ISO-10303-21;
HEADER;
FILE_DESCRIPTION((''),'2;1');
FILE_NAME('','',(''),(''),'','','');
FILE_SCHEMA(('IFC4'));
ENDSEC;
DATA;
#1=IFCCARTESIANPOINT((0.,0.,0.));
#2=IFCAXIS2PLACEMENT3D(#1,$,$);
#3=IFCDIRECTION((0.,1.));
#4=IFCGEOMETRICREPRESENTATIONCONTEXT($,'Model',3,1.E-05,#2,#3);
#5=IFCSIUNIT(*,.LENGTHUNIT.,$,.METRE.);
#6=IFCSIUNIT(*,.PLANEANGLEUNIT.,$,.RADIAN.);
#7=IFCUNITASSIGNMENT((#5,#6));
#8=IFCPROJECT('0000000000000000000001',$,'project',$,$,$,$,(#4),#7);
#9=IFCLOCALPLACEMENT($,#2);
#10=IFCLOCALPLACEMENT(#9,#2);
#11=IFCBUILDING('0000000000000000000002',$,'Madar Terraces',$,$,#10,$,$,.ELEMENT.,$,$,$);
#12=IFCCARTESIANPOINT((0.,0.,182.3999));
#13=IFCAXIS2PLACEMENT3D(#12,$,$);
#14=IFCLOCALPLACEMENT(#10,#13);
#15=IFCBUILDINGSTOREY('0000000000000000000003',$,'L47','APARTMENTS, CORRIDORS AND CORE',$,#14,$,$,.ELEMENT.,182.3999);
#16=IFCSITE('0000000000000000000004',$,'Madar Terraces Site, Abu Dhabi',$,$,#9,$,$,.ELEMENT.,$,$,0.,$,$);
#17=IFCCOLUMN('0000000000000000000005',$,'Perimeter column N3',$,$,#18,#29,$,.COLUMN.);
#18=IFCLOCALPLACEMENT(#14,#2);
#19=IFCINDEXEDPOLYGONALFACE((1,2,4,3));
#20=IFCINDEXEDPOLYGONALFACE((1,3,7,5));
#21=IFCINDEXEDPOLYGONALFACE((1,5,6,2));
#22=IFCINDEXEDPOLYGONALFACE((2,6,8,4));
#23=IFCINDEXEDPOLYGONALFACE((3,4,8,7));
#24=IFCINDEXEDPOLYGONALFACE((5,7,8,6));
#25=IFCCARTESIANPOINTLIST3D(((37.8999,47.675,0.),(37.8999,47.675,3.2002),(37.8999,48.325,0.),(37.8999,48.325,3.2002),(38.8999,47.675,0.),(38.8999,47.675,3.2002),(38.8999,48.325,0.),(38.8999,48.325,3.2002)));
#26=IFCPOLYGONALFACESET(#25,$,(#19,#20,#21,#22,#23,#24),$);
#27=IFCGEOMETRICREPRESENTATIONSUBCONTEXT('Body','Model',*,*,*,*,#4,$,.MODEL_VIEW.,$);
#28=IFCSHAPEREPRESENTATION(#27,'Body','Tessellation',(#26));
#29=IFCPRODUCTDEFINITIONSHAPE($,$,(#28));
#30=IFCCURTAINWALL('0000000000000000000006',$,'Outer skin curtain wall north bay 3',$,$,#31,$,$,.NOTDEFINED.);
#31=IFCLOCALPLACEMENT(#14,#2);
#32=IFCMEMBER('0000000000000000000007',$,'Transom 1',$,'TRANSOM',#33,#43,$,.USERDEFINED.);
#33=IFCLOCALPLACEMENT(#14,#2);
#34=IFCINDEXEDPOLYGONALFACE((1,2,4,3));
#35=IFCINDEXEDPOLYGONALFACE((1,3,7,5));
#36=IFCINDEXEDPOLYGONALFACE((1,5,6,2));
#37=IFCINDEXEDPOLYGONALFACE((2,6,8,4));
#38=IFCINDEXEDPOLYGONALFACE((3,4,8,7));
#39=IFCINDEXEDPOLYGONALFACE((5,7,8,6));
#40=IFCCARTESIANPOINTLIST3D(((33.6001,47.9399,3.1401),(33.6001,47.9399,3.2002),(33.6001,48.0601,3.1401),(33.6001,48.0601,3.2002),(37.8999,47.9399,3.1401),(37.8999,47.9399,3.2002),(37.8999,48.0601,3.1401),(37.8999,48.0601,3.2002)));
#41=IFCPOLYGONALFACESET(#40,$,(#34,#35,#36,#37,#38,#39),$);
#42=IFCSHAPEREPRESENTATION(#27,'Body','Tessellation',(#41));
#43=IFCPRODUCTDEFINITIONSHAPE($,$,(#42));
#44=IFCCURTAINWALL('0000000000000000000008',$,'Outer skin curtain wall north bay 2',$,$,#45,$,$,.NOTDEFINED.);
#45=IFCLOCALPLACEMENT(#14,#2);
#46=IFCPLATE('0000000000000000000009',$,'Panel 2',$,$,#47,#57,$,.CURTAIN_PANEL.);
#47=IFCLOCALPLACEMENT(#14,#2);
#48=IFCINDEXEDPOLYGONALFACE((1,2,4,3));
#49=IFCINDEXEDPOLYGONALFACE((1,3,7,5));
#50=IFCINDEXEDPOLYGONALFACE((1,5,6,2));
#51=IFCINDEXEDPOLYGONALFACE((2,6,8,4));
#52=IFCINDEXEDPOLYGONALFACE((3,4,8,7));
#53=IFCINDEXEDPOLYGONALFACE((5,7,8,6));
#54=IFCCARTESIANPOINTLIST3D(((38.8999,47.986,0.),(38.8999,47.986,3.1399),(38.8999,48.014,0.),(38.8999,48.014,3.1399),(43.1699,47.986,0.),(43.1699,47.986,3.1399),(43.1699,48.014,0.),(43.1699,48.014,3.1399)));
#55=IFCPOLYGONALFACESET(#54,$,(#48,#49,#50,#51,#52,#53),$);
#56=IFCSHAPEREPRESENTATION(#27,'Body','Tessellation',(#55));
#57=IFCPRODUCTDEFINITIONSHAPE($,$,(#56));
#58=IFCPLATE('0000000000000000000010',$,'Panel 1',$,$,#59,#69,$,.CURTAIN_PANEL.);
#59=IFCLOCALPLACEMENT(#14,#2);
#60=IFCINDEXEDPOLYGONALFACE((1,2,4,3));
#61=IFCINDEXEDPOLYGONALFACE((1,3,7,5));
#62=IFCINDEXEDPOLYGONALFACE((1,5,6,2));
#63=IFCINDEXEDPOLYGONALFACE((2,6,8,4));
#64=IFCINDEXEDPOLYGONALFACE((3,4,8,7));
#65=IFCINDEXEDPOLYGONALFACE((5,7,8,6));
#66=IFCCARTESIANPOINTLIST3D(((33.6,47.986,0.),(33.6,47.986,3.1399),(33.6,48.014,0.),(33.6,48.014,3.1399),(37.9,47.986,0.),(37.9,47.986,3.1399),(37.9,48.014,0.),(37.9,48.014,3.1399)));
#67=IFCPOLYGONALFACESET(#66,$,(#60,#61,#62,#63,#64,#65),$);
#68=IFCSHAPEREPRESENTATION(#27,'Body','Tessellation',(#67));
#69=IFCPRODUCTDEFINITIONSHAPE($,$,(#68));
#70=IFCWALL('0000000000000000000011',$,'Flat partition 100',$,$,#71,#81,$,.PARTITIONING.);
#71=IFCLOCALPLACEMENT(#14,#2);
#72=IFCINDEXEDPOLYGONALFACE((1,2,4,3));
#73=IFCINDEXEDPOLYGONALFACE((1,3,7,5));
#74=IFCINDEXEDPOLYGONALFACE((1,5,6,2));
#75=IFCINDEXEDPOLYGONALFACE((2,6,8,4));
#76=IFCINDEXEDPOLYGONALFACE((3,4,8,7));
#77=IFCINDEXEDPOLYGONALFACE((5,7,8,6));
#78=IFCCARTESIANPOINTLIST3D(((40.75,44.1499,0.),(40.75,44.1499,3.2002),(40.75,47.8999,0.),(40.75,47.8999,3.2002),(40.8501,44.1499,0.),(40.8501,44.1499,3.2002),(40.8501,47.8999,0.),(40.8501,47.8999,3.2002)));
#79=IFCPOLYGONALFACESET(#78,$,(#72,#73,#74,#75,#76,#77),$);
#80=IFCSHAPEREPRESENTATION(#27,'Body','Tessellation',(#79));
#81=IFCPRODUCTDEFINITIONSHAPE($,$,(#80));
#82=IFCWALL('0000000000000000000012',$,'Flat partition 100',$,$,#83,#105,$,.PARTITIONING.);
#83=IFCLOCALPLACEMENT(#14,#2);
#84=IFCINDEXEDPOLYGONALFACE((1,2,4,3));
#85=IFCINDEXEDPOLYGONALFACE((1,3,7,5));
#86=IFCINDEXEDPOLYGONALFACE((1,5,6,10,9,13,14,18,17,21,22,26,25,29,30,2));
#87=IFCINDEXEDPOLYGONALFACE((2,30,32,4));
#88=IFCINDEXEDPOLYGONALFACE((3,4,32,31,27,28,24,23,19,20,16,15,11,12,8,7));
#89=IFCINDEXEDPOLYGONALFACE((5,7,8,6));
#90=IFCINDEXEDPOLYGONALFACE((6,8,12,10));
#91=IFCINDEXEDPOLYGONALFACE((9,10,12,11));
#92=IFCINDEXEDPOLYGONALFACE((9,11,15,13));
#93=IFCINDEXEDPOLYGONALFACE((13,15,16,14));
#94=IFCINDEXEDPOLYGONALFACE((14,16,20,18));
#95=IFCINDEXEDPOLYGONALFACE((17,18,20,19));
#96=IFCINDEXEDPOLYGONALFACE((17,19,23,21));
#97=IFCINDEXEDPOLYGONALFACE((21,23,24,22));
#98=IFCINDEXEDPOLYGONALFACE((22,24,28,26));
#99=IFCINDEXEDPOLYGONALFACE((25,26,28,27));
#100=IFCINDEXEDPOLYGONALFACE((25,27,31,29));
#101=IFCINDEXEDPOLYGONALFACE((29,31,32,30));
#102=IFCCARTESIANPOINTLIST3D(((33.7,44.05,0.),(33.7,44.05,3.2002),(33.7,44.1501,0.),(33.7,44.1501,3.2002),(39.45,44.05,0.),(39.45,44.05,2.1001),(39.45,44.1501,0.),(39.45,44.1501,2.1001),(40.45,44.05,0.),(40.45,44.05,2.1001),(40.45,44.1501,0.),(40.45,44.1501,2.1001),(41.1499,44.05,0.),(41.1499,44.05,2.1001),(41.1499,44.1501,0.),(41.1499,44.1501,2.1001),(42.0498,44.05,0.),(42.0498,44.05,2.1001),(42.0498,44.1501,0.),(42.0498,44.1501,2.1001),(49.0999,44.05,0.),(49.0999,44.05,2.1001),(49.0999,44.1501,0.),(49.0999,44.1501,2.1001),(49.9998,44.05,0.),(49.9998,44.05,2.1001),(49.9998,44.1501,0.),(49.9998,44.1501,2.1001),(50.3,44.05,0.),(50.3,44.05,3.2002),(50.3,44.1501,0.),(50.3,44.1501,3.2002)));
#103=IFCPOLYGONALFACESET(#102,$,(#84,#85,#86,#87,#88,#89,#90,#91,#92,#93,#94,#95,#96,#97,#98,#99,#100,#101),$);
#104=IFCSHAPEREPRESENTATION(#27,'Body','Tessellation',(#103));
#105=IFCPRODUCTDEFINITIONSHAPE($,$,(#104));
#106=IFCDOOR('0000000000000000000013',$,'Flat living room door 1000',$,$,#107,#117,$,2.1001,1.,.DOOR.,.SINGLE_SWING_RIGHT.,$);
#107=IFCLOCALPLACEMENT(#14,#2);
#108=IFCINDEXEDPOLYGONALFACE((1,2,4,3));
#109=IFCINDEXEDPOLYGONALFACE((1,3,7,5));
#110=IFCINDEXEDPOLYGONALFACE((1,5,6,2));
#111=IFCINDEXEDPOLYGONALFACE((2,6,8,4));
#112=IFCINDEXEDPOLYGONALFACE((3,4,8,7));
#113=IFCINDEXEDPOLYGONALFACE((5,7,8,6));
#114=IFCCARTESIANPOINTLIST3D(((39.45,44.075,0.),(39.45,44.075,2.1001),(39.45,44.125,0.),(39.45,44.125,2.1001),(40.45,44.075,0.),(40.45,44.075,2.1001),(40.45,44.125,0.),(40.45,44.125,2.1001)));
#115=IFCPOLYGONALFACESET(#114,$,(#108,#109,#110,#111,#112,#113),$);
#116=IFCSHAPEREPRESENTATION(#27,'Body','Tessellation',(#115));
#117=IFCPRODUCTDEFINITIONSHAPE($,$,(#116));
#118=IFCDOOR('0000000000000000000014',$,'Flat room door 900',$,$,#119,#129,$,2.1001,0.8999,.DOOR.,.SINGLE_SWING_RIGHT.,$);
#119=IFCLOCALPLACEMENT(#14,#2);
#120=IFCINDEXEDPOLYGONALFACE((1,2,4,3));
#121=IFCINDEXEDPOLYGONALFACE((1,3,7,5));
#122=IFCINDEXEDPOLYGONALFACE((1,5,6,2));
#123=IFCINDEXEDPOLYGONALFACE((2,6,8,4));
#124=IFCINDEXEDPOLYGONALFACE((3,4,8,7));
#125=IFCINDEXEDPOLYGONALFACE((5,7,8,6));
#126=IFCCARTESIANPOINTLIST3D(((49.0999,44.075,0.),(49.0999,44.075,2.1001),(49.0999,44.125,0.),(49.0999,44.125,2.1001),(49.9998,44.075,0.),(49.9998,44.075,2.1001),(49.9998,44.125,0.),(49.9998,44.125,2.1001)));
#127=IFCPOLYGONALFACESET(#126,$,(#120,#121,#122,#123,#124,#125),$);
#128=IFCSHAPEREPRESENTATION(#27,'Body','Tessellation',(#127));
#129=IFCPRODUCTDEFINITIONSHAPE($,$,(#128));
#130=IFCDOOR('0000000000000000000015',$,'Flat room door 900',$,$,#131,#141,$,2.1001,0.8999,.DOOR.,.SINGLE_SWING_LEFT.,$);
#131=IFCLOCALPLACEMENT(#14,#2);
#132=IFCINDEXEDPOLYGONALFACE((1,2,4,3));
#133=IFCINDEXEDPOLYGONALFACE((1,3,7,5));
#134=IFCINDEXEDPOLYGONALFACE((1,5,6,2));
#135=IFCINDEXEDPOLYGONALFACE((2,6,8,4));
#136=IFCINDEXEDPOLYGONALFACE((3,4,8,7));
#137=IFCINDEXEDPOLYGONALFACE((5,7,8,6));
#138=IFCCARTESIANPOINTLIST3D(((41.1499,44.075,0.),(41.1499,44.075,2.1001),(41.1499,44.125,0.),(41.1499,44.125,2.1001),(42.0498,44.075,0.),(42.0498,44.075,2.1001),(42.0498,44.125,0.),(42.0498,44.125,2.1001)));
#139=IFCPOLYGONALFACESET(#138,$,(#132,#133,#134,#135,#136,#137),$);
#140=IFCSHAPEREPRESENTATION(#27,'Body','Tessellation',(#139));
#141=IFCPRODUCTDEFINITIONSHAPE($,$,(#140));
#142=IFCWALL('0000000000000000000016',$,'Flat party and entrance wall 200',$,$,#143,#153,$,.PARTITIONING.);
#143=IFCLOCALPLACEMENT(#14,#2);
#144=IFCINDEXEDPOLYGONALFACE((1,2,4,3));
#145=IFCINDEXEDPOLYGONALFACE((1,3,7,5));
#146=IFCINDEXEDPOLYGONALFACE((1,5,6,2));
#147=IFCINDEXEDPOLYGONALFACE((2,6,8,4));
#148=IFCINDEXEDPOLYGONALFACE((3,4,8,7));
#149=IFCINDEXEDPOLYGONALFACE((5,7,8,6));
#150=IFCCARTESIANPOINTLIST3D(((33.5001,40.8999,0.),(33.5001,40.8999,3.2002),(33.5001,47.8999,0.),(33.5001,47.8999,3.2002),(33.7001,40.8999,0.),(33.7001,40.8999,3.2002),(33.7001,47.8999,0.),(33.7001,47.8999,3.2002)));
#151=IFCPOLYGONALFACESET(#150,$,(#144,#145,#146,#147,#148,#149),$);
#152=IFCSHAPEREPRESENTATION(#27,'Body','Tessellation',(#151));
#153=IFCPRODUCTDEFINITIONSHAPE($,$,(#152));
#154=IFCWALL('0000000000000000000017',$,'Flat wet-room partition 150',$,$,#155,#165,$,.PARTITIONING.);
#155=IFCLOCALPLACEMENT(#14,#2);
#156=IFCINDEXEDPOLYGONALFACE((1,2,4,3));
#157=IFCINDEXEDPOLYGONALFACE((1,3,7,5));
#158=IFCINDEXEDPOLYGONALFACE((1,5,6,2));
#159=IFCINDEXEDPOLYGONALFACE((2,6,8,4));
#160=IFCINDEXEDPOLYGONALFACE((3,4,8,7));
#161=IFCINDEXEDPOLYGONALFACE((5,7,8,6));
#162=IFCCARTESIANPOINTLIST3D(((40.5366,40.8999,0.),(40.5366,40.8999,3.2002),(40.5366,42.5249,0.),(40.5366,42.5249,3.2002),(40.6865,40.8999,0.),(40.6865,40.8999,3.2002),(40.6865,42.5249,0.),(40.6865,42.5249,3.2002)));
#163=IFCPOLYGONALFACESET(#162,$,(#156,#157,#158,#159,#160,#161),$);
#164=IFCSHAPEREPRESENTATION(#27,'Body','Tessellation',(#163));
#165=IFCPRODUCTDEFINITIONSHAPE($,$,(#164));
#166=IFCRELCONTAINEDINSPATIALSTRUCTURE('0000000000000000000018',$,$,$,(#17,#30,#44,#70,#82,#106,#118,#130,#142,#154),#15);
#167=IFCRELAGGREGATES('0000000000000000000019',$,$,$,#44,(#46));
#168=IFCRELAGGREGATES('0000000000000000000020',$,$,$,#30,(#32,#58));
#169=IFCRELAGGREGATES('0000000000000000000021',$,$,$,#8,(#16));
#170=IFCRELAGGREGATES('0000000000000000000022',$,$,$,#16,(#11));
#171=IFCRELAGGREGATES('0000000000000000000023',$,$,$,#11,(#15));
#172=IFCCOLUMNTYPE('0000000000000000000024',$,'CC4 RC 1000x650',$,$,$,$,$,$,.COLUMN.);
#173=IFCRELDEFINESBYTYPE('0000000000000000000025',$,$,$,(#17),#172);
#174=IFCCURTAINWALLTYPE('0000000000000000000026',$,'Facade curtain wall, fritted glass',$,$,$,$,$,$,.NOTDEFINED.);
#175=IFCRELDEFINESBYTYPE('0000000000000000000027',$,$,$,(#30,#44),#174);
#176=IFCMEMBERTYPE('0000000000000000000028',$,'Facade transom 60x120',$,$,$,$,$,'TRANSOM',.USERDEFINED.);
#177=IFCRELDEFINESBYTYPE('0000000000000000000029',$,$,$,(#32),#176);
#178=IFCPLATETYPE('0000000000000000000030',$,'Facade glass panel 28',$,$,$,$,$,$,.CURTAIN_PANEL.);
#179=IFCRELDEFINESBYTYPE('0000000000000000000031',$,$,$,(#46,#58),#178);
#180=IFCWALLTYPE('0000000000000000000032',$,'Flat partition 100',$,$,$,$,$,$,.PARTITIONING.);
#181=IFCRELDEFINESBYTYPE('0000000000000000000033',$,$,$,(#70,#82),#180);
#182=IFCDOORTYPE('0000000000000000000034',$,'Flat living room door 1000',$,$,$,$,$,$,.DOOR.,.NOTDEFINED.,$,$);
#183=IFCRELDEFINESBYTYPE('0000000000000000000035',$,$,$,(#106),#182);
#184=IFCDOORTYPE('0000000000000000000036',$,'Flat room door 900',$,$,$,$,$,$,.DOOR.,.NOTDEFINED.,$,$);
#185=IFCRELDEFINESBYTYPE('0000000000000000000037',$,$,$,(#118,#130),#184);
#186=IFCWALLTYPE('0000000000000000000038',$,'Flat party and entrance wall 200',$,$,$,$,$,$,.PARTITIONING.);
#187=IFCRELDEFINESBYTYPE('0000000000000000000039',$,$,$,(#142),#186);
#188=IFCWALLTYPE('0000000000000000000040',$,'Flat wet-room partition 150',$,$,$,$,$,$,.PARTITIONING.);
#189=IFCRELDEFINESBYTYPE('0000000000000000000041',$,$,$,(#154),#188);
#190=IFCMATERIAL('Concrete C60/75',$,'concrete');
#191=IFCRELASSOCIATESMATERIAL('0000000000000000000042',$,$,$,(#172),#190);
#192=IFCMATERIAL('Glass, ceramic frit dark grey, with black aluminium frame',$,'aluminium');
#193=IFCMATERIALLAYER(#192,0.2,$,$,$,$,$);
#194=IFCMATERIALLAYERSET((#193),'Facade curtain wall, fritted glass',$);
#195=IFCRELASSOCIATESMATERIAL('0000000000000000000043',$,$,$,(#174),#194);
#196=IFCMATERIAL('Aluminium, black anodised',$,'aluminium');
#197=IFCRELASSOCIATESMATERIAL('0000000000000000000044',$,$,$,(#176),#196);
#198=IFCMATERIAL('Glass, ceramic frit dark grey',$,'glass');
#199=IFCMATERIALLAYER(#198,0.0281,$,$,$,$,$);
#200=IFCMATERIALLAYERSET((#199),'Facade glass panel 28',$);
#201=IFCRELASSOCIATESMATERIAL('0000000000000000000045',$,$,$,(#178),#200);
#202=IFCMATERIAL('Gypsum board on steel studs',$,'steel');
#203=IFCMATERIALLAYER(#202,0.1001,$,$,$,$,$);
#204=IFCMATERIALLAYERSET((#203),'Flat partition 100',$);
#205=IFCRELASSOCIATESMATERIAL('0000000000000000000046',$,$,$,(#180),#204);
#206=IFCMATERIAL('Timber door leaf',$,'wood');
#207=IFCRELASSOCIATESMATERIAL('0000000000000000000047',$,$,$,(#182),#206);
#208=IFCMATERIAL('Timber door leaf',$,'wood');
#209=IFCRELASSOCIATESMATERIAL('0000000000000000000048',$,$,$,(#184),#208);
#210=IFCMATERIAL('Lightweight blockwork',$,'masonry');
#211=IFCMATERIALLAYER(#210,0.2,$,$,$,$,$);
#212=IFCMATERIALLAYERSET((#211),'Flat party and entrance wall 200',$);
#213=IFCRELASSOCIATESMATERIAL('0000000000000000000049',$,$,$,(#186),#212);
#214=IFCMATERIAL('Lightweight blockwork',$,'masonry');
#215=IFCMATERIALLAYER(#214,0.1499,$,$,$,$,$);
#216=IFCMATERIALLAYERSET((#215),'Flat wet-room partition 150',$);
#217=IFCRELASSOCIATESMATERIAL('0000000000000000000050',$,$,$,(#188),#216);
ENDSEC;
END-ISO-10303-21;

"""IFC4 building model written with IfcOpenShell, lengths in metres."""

from ifc_helpers import new_model, si_unit, direction, frame, frame_2d, origin, origin_2d, place, context, subcontext, project, spatial, rectangle, extrude, material, layer, layer_set, material_profile, profile_set, type_object, element, fill, aggregate, save


model = new_model("IFC4")

# Units and contexts
model_context = context("Model", 3, precision=1e-05, world=origin(), true_north=direction((0.0, 1.0)))
body_context = subcontext(model_context, "Body", "Model", "MODEL_VIEW")
ifc_project = project(units=[si_unit("LENGTHUNIT", "METRE"), si_unit("PLANEANGLEUNIT", "RADIAN")], contexts=[model_context])

# Site, building, storey
site_placement = place(None, origin())
site = spatial("IfcSite", under=ifc_project, at=site_placement, Name="Madar Terraces Site, Abu Dhabi", CompositionType="ELEMENT", RefElevation=0.0)
building_placement = place(site_placement, origin())
building = spatial("IfcBuilding", under=site, at=building_placement, Name="Madar Terraces", CompositionType="ELEMENT")
storey_placement = place(building_placement, frame((0.0, 0.0, 182.3999)))
storey = spatial("IfcBuildingStorey", under=building, at=storey_placement, Name="L47", Description="APARTMENTS, CORRIDORS AND CORE", CompositionType="ELEMENT", Elevation=182.3999)

# Column
ifc_material_1 = material(Name="Concrete C60/75", Category="concrete")
ifc_material_profile_1 = material_profile(ifc_material_1, rectangle(XDim=1.0, YDim=0.6499, at=origin_2d()), Name="CC4 RC 1000x650")
ifc_profile_set_1 = profile_set([ifc_material_profile_1], Name="Concrete C60/75")
column_type = type_object("IfcColumnType", Name="CC4 RC 1000x650", PredefinedType="COLUMN", material=ifc_profile_set_1)
column_placement = place(storey_placement, frame((38.3999, 48.0, 0.0), z_axis=(0.0, 0.0, 1.0), x_axis=(1.0, 0.0, 0.0)))
element("IfcColumn", 1, at=column_placement, inside=storey, type_object=column_type, Name="Perimeter column N3", PredefinedType="COLUMN", context=body_context, shape_type="SweptSolid", body=[
    extrude(rectangle(XDim=1.0, YDim=0.6499, at=origin_2d()), origin(), (0.0, 0.0, 1.0), 3.2002),
])

# Curtain wall, member
ifc_material_2 = material(Name="Glass, ceramic frit dark grey, with black aluminium frame", Category="aluminium")
ifc_layer_1 = layer(ifc_material_2, 0.2)
ifc_layer_set_1 = layer_set([ifc_layer_1], Name="Facade curtain wall, fritted glass")
curtain_wall_type = type_object("IfcCurtainWallType", Name="Facade curtain wall, fritted glass", PredefinedType="NOTDEFINED", material=ifc_layer_set_1)
curtain_wall_1_placement = place(storey_placement, origin())
curtain_wall_1 = element("IfcCurtainWall", 2, at=curtain_wall_1_placement, inside=storey, type_object=curtain_wall_type, Name="Outer skin curtain wall north bay 3", PredefinedType="NOTDEFINED")
ifc_material_3 = material(Name="Aluminium, black anodised", Category="aluminium")
ifc_material_profile_2 = material_profile(ifc_material_3, rectangle(XDim=0.1201, YDim=0.0601, at=origin_2d()), Name="Facade transom 60x120")
ifc_profile_set_2 = profile_set([ifc_material_profile_2], Name="Aluminium, black anodised")
member_type = type_object("IfcMemberType", Name="Facade transom 60x120", ElementType="TRANSOM", PredefinedType="USERDEFINED", material=ifc_profile_set_2)
member_placement = place(storey_placement, frame((37.8999, 48.0, 3.1702), z_axis=(-1.0, 0.0, 0.0), x_axis=(0.0, -1.0, 0.0)))
member = element("IfcMember", 3, at=member_placement, type_object=member_type, Name="Transom 1", ObjectType="TRANSOM", PredefinedType="USERDEFINED", context=body_context, shape_type="SweptSolid", body=[
    extrude(rectangle(XDim=0.1201, YDim=0.0601, at=origin_2d()), origin(), (0.0, 0.0, 1.0), 4.2998),
])

# Curtain wall, plate
curtain_wall_2_placement = place(storey_placement, origin())
curtain_wall_2 = element("IfcCurtainWall", 4, at=curtain_wall_2_placement, inside=storey, type_object=curtain_wall_type, Name="Outer skin curtain wall north bay 2", PredefinedType="NOTDEFINED")
ifc_material_4 = material(Name="Glass, ceramic frit dark grey", Category="glass")
ifc_layer_2 = layer(ifc_material_4, 0.0281)
ifc_layer_set_2 = layer_set([ifc_layer_2], Name="Facade glass panel 28")
plate_type = type_object("IfcPlateType", Name="Facade glass panel 28", PredefinedType="CURTAIN_PANEL", material=ifc_layer_set_2)
plate_1_placement = place(storey_placement, frame((41.0349, 48.0, 0.0), z_axis=(0.0, 0.0, 1.0), x_axis=(-1.0, 0.0, 0.0)))
plate_1 = element("IfcPlate", 5, at=plate_1_placement, type_object=plate_type, Name="Panel 2", PredefinedType="CURTAIN_PANEL", context=body_context, shape_type="SweptSolid", body=[
    extrude(rectangle(XDim=4.27, YDim=0.0281, at=origin_2d()), origin(), (0.0, 0.0, 1.0), 3.1399),
])
aggregate(curtain_wall_2, [plate_1])

# Plate
plate_2_placement = place(storey_placement, frame((35.75, 48.0, 0.0), z_axis=(0.0, 0.0, 1.0), x_axis=(-1.0, 0.0, 0.0)))
plate_2 = element("IfcPlate", 6, at=plate_2_placement, type_object=plate_type, Name="Panel 1", PredefinedType="CURTAIN_PANEL", context=body_context, shape_type="SweptSolid", body=[
    extrude(rectangle(XDim=4.3, YDim=0.0281, at=origin_2d()), origin(), (0.0, 0.0, 1.0), 3.1399),
])
aggregate(curtain_wall_1, [member, plate_2])

# Wall
ifc_material_5 = material(Name="Gypsum board on steel studs", Category="steel")
ifc_layer_3 = layer(ifc_material_5, 0.1001)
ifc_layer_set_3 = layer_set([ifc_layer_3], Name="Flat partition 100")
wall_type_1 = type_object("IfcWallType", Name="Flat partition 100", PredefinedType="PARTITIONING", material=ifc_layer_set_3)
wall_1_placement = place(storey_placement, frame((40.8, 44.1499, 0.0), z_axis=(0.0, 0.0, 1.0), x_axis=(0.0, 1.0, 0.0)))
element("IfcWall", 7, at=wall_1_placement, inside=storey, type_object=wall_type_1, Name="Flat partition 100", PredefinedType="PARTITIONING", context=body_context, shape_type="SweptSolid", body=[
    extrude(rectangle(XDim=3.75, YDim=0.1001, at=frame_2d((1.875, 0.0))), origin(), (0.0, 0.0, 1.0), 3.2002),
])

# Wall, openings, doors
wall_2_placement = place(storey_placement, frame((33.7, 44.1001, 0.0), z_axis=(0.0, 0.0, 1.0), x_axis=(1.0, 0.0, 0.0)))
wall_2 = element("IfcWall", 8, at=wall_2_placement, inside=storey, type_object=wall_type_1, Name="Flat partition 100", PredefinedType="PARTITIONING", context=body_context, shape_type="SweptSolid", body=[
    extrude(rectangle(XDim=16.6001, YDim=0.1001, at=frame_2d((8.3, 0.0))), origin(), (0.0, 0.0, 1.0), 3.2002),
])
opening_1_placement = place(wall_2_placement, frame((15.3999, 0.0, 0.0)))
opening_1 = element("IfcOpeningElement", 9, at=opening_1_placement, cuts=wall_2, PredefinedType="OPENING", context=body_context, shape_type="SweptSolid", body=[
    extrude(rectangle(XDim=0.8999, YDim=2.1001, at=frame_2d((0.45, 1.05))), frame((0.0, 0.0601, 0.0), z_axis=(0.0, -1.0, 0.0), x_axis=(1.0, 0.0, 0.0)), (0.0, 0.0, 1.0), 0.1201),
])
opening_2_placement = place(wall_2_placement, frame((7.45, 0.0, 0.0)))
opening_2 = element("IfcOpeningElement", 10, at=opening_2_placement, cuts=wall_2, PredefinedType="OPENING", context=body_context, shape_type="SweptSolid", body=[
    extrude(rectangle(XDim=0.8999, YDim=2.1001, at=frame_2d((0.45, 1.05))), frame((0.0, 0.0601, 0.0), z_axis=(0.0, -1.0, 0.0), x_axis=(1.0, 0.0, 0.0)), (0.0, 0.0, 1.0), 0.1201),
])
opening_3_placement = place(wall_2_placement, frame((5.75, 0.0, 0.0)))
opening_3 = element("IfcOpeningElement", 11, at=opening_3_placement, cuts=wall_2, PredefinedType="OPENING", context=body_context, shape_type="SweptSolid", body=[
    extrude(rectangle(XDim=1.0, YDim=2.1001, at=frame_2d((0.5, 1.05))), frame((0.0, 0.0601, 0.0), z_axis=(0.0, -1.0, 0.0), x_axis=(1.0, 0.0, 0.0)), (0.0, 0.0, 1.0), 0.1201),
])
ifc_material_6 = material(Name="Timber door leaf", Category="wood")
door_type_1 = type_object("IfcDoorType", Name="Flat living room door 1000", OperationType="NOTDEFINED", PredefinedType="DOOR", material=ifc_material_6)
door_1_placement = place(opening_3_placement, origin())
door_1 = element("IfcDoor", 12, at=door_1_placement, inside=storey, type_object=door_type_1, Name="Flat living room door 1000", OperationType="SINGLE_SWING_RIGHT", OverallHeight=2.1001, OverallWidth=1.0, PredefinedType="DOOR", context=body_context, shape_type="SweptSolid", body=[
    extrude(rectangle(XDim=1.0, YDim=2.1001, at=frame_2d((0.5, 1.05))), frame((0.0, 0.0249, 0.0), z_axis=(0.0, -1.0, 0.0), x_axis=(1.0, 0.0, 0.0)), (0.0, 0.0, 1.0), 0.05),
])
fill(opening_3, door_1)
ifc_material_7 = material(Name="Timber door leaf", Category="wood")
door_type_2 = type_object("IfcDoorType", Name="Flat room door 900", OperationType="NOTDEFINED", PredefinedType="DOOR", material=ifc_material_7)
door_2_placement = place(opening_1_placement, origin())
door_2 = element("IfcDoor", 13, at=door_2_placement, inside=storey, type_object=door_type_2, Name="Flat room door 900", OperationType="SINGLE_SWING_RIGHT", OverallHeight=2.1001, OverallWidth=0.8999, PredefinedType="DOOR", context=body_context, shape_type="SweptSolid", body=[
    extrude(rectangle(XDim=0.8999, YDim=2.1001, at=frame_2d((0.45, 1.05))), frame((0.0, 0.0249, 0.0), z_axis=(0.0, -1.0, 0.0), x_axis=(1.0, 0.0, 0.0)), (0.0, 0.0, 1.0), 0.05),
])
fill(opening_1, door_2)
door_3_placement = place(opening_2_placement, origin())
door_3 = element("IfcDoor", 14, at=door_3_placement, inside=storey, type_object=door_type_2, Name="Flat room door 900", OperationType="SINGLE_SWING_LEFT", OverallHeight=2.1001, OverallWidth=0.8999, PredefinedType="DOOR", context=body_context, shape_type="SweptSolid", body=[
    extrude(rectangle(XDim=0.8999, YDim=2.1001, at=frame_2d((0.45, 1.05))), frame((0.0, 0.0249, 0.0), z_axis=(0.0, -1.0, 0.0), x_axis=(1.0, 0.0, 0.0)), (0.0, 0.0, 1.0), 0.05),
])
fill(opening_2, door_3)

# Walls
ifc_material_8 = material(Name="Lightweight blockwork", Category="masonry")
ifc_layer_4 = layer(ifc_material_8, 0.2)
ifc_layer_set_4 = layer_set([ifc_layer_4], Name="Flat party and entrance wall 200")
wall_type_2 = type_object("IfcWallType", Name="Flat party and entrance wall 200", PredefinedType="PARTITIONING", material=ifc_layer_set_4)
wall_3_placement = place(storey_placement, frame((33.6001, 47.8999, 0.0), z_axis=(0.0, 0.0, 1.0), x_axis=(0.0, -1.0, 0.0)))
element("IfcWall", 15, at=wall_3_placement, inside=storey, type_object=wall_type_2, Name="Flat party and entrance wall 200", PredefinedType="PARTITIONING", context=body_context, shape_type="SweptSolid", body=[
    extrude(rectangle(XDim=7.0, YDim=0.2, at=frame_2d((3.5, 0.0))), origin(), (0.0, 0.0, 1.0), 3.2002),
])
ifc_material_9 = material(Name="Lightweight blockwork", Category="masonry")
ifc_layer_5 = layer(ifc_material_9, 0.1499)
ifc_layer_set_5 = layer_set([ifc_layer_5], Name="Flat wet-room partition 150")
wall_type_3 = type_object("IfcWallType", Name="Flat wet-room partition 150", PredefinedType="PARTITIONING", material=ifc_layer_set_5)
wall_4_placement = place(storey_placement, frame((40.6116, 40.8999, 0.0), z_axis=(0.0, 0.0, 1.0), x_axis=(0.0, 1.0, 0.0)))
element("IfcWall", 16, at=wall_4_placement, inside=storey, type_object=wall_type_3, Name="Flat wet-room partition 150", PredefinedType="PARTITIONING", context=body_context, shape_type="SweptSolid", body=[
    extrude(rectangle(XDim=1.625, YDim=0.1499, at=frame_2d((0.8125, 0.0))), origin(), (0.0, 0.0, 1.0), 3.2002),
])

save(model, "model.ifc")
